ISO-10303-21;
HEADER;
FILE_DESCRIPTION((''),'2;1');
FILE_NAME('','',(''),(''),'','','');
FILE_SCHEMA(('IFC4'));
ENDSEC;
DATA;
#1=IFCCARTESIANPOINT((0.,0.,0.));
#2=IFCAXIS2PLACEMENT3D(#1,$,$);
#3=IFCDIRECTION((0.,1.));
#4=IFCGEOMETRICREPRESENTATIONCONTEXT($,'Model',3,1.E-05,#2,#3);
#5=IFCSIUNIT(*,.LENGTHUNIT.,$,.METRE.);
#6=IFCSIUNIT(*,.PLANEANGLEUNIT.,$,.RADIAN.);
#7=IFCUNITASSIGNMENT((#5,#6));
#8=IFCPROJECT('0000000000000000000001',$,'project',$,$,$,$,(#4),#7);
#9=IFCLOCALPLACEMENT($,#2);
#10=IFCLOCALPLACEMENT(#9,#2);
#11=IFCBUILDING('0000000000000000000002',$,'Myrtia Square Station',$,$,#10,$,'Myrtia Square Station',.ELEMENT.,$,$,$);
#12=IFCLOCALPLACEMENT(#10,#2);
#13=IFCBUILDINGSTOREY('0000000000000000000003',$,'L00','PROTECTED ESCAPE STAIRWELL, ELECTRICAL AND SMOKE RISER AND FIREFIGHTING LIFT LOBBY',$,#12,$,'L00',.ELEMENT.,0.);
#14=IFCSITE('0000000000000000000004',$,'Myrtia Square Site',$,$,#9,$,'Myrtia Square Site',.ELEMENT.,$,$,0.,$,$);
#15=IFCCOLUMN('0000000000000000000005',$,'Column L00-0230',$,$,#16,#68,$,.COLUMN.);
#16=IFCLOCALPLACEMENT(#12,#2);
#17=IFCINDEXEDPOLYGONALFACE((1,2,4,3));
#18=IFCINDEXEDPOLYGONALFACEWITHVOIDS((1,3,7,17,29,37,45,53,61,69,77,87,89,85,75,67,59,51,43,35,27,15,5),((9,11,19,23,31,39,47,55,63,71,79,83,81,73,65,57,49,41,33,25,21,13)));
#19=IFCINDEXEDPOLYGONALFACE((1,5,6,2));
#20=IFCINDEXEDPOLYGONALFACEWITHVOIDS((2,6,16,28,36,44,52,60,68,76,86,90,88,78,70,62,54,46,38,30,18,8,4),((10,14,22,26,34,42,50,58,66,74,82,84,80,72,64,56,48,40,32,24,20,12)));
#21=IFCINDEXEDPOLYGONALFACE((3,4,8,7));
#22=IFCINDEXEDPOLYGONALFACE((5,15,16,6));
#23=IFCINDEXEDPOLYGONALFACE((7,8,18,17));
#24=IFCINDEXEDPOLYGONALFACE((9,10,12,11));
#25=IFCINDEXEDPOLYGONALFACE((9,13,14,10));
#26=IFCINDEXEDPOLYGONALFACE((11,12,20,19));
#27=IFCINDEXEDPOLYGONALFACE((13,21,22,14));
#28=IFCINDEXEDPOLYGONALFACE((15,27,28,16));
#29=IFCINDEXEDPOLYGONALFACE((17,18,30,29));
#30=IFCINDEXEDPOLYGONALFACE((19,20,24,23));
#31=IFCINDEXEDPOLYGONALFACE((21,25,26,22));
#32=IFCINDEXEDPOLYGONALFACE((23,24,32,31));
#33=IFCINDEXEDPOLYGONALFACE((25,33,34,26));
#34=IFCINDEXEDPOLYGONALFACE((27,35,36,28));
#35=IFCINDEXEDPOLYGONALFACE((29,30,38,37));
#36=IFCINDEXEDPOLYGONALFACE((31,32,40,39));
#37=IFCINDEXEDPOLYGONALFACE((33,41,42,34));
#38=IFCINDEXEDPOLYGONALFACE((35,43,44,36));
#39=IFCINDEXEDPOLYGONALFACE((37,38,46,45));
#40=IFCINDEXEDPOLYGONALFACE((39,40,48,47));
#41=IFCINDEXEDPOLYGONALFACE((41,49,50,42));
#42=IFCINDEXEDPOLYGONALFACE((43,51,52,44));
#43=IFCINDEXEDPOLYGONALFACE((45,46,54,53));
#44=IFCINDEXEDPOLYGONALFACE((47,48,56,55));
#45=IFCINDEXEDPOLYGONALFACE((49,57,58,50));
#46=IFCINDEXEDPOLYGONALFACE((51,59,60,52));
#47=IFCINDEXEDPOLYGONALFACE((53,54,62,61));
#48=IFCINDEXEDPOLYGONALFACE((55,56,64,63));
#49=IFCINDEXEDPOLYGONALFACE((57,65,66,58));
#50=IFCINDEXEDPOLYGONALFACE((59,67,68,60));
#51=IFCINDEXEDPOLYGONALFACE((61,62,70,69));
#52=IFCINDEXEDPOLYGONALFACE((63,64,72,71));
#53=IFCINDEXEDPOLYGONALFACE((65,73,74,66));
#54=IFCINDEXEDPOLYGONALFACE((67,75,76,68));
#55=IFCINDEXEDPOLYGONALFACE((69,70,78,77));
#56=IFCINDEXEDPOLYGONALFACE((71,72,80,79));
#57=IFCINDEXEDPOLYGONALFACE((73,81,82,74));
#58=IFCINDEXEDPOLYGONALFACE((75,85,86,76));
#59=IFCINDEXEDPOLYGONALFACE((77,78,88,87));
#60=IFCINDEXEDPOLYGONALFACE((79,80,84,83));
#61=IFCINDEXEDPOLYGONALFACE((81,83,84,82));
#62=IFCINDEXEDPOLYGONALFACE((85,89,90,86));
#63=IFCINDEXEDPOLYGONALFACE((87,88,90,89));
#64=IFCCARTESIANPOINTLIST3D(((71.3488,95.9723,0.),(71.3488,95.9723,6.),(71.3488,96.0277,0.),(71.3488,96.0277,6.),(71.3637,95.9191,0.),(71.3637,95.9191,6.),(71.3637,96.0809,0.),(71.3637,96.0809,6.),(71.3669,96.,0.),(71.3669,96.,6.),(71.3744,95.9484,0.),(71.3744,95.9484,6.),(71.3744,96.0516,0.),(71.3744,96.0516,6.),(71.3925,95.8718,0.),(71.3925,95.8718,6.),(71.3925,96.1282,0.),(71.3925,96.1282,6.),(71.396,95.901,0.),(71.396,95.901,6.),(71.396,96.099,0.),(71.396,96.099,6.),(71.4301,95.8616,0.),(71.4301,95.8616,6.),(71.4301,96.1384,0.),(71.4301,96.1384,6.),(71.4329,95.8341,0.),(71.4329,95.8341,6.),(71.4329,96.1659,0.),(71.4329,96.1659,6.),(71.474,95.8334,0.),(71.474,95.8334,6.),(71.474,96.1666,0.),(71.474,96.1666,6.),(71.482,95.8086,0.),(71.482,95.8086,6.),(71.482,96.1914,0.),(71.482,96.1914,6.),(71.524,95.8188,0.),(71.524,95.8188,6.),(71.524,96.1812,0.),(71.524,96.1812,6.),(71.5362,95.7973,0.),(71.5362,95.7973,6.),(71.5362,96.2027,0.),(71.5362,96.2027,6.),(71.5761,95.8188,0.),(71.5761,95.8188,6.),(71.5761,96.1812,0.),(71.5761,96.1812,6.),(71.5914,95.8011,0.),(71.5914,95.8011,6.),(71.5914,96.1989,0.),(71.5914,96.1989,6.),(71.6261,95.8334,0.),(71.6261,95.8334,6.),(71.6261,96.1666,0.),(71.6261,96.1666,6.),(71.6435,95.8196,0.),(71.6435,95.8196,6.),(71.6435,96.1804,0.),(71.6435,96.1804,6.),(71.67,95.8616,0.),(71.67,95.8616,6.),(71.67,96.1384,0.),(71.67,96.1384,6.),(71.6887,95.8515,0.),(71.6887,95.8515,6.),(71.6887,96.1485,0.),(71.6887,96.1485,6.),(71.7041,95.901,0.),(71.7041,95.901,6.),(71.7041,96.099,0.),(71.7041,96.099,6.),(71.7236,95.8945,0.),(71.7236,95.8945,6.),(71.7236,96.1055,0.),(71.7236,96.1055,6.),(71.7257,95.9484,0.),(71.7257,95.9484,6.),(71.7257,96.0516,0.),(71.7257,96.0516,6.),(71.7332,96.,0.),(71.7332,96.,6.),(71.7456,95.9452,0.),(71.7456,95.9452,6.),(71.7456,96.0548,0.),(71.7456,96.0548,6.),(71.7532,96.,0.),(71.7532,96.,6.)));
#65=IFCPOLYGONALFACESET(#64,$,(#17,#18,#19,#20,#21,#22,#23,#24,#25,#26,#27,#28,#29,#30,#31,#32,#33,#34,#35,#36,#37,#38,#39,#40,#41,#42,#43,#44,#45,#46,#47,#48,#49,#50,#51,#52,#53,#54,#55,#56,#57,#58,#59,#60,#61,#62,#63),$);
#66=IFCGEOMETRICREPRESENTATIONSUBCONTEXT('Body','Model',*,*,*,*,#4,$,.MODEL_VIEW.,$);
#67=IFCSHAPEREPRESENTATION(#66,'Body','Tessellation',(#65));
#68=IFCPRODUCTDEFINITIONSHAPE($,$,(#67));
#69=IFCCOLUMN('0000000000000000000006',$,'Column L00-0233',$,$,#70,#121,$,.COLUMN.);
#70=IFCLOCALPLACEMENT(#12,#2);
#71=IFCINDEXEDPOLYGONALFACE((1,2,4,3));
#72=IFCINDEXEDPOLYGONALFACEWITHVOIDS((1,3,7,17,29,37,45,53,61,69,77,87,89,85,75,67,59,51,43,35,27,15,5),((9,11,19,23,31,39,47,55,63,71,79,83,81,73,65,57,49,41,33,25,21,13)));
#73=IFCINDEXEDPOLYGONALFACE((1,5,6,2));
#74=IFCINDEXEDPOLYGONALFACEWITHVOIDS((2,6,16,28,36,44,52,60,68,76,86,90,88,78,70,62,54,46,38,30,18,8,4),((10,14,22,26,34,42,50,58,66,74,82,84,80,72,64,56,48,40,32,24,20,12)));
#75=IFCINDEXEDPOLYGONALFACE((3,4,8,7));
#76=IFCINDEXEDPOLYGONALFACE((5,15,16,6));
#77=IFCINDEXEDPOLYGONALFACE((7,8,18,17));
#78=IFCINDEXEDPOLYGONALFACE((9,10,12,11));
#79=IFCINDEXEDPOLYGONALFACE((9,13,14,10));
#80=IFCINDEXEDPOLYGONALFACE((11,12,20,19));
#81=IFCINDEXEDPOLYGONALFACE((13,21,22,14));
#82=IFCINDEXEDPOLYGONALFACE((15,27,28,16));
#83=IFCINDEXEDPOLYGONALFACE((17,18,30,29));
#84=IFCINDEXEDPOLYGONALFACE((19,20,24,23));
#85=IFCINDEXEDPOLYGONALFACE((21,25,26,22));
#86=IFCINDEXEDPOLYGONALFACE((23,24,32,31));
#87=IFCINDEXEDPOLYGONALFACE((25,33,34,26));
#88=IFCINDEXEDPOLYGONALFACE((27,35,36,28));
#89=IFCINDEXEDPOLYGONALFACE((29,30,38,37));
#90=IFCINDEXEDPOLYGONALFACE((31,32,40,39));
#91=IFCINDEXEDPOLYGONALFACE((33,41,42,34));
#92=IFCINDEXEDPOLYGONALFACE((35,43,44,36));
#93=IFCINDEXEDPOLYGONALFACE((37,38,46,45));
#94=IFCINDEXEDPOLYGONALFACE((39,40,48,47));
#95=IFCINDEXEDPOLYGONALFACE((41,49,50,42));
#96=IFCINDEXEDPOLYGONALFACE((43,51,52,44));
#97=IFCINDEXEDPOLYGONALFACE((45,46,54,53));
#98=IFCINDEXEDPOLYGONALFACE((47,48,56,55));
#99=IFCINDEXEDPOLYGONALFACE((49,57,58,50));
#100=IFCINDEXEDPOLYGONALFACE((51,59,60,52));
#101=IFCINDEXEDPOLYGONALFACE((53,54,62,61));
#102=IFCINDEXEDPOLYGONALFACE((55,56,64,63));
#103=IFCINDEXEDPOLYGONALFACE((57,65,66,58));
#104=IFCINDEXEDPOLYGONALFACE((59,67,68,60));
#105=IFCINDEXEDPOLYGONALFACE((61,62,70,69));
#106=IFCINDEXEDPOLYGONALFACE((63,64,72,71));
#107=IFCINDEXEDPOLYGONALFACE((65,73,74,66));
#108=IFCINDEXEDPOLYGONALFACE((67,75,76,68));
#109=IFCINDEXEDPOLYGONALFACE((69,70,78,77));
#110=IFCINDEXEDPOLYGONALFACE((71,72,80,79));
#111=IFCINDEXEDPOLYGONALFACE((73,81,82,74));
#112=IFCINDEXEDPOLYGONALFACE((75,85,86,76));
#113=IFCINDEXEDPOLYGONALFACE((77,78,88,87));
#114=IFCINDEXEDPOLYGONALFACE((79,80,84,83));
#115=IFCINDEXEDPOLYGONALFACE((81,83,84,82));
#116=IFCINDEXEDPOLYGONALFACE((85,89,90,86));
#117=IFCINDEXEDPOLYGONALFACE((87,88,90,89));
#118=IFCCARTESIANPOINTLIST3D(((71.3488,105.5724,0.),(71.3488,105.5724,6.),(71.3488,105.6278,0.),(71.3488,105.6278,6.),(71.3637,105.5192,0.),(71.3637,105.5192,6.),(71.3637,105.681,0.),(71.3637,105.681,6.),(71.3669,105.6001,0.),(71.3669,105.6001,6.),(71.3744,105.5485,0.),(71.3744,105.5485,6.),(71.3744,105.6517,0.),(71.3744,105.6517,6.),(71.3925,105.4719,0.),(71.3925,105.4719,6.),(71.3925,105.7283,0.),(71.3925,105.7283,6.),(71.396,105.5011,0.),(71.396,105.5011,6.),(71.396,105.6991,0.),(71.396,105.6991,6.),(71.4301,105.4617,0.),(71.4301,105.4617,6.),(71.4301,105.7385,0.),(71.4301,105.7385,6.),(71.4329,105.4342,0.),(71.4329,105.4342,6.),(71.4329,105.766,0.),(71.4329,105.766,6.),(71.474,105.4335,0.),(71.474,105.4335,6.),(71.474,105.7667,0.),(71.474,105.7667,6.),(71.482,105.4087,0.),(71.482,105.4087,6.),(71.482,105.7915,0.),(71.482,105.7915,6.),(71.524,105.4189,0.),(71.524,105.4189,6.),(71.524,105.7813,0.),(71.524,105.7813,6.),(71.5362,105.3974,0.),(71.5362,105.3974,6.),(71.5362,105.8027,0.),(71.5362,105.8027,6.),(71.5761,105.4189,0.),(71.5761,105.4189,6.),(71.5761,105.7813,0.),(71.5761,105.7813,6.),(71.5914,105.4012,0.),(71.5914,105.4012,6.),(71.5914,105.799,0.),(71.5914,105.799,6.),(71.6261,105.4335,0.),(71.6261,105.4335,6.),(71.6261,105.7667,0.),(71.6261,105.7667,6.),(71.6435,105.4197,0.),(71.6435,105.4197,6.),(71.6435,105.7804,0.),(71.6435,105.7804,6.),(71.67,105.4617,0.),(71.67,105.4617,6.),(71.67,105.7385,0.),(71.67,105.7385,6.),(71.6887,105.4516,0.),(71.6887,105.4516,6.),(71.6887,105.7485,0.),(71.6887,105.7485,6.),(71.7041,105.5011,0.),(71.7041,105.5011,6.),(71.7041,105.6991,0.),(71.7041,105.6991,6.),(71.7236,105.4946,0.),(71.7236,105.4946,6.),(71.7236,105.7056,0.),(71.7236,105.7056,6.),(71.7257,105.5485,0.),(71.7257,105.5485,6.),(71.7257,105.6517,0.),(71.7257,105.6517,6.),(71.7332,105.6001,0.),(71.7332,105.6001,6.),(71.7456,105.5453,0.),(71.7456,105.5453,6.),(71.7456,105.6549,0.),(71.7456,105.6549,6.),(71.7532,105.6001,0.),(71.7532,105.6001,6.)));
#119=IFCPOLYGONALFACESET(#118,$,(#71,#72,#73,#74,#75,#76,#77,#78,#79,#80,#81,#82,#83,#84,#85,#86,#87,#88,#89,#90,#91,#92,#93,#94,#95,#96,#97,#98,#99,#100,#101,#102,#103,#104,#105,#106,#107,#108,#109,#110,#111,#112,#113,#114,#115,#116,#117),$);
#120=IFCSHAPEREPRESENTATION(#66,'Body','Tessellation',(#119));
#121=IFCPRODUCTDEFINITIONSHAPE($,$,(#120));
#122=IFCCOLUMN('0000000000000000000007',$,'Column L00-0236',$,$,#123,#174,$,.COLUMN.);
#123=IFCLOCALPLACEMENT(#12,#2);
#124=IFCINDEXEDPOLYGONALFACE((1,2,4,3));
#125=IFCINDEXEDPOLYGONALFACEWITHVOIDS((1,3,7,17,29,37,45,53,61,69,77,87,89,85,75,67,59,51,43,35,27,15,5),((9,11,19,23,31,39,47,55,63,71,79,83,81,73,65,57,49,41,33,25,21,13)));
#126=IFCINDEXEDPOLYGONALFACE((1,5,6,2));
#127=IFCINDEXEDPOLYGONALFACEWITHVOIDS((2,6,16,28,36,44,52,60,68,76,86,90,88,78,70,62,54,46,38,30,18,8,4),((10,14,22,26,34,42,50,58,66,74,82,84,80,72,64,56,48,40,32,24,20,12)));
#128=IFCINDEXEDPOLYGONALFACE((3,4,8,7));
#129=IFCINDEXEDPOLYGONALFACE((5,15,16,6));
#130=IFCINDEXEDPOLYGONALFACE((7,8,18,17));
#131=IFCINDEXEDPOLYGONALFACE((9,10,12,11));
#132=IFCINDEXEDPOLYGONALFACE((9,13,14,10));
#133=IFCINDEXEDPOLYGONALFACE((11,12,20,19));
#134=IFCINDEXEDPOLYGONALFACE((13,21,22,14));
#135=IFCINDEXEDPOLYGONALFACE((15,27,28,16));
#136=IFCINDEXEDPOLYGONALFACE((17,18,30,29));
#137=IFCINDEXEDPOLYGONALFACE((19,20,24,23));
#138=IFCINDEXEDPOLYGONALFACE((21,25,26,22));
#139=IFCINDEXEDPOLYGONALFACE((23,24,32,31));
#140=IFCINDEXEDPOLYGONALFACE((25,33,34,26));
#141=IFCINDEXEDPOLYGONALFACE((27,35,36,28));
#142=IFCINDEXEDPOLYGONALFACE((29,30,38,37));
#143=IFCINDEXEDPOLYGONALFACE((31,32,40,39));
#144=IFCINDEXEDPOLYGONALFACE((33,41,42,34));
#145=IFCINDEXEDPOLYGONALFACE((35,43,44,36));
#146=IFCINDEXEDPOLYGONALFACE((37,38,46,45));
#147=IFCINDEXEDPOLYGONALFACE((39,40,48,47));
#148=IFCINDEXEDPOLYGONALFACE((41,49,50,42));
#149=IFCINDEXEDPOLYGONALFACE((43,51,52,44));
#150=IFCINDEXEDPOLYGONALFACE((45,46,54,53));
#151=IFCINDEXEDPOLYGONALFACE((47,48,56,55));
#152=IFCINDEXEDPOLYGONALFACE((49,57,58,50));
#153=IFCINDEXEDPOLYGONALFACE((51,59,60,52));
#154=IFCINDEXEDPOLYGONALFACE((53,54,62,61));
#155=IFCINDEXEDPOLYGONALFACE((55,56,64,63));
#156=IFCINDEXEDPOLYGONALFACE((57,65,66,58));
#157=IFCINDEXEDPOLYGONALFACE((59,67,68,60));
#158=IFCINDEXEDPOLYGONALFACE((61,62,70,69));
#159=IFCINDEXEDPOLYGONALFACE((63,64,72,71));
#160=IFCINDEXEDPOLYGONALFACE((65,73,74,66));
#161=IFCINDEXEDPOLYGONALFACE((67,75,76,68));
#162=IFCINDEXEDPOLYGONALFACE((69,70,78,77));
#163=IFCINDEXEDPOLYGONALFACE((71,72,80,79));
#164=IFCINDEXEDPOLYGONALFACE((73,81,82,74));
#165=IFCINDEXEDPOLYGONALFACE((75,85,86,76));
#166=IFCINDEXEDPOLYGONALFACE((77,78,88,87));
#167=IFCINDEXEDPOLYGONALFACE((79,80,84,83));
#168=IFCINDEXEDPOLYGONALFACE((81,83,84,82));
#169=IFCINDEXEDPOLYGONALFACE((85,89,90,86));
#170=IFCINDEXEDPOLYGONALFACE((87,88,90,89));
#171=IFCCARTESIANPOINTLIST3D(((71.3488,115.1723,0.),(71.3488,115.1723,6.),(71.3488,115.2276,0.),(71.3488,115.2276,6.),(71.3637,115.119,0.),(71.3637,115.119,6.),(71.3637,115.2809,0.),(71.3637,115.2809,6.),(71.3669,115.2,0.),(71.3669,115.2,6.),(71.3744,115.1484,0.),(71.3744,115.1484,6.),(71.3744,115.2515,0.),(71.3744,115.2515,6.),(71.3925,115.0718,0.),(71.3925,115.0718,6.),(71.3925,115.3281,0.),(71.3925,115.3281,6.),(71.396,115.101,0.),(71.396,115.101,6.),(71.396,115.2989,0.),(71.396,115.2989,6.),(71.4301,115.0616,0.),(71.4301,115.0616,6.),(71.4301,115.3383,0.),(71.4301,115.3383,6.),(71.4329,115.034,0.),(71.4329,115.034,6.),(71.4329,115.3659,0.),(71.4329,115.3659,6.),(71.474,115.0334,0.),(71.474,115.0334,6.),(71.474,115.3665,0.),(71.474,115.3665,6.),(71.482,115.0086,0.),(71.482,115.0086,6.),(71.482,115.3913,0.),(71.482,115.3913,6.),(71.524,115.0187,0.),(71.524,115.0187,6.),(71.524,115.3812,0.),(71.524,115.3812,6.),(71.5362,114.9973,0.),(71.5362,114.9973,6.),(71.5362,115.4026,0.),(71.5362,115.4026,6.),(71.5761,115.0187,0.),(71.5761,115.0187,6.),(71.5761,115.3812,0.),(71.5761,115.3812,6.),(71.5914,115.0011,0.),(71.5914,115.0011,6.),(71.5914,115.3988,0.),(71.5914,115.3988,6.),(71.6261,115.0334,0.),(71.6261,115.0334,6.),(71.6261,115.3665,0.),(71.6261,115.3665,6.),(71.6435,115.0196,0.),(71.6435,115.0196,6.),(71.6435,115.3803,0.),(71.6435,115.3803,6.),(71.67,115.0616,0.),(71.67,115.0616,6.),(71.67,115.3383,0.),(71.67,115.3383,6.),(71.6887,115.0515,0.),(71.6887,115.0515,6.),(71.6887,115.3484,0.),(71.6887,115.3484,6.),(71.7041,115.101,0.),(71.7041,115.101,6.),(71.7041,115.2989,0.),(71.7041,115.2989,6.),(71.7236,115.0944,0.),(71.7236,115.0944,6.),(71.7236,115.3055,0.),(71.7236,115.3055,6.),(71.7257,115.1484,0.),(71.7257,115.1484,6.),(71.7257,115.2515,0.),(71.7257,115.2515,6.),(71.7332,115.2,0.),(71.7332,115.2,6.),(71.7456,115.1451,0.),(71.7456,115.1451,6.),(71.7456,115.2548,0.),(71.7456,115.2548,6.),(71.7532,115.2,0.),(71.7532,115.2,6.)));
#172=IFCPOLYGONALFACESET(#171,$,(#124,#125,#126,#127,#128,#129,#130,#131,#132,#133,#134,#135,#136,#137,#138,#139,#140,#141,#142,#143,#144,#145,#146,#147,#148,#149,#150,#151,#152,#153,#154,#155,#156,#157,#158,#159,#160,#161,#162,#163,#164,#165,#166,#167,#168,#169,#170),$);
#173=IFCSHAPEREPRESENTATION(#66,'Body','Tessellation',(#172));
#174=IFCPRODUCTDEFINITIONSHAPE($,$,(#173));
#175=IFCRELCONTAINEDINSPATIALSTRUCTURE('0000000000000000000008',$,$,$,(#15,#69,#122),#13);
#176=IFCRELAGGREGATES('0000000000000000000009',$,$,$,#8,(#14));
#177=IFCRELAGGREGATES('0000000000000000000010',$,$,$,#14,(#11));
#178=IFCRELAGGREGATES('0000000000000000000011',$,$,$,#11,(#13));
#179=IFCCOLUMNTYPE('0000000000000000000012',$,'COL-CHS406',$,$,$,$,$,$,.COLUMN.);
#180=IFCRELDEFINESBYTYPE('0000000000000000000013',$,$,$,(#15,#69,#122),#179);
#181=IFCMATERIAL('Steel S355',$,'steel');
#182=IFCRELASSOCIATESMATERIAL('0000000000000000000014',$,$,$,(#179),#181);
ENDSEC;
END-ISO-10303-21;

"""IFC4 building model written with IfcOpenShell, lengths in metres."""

from ifc_helpers import new_model, si_unit, direction, frame, origin, origin_2d, place, context, subcontext, project, spatial, hollow_circle, extrude, material, material_profile, profile_set, type_object, element, save


model = new_model("IFC4")

# Units and contexts
model_context = context("Model", 3, precision=1e-05, world=origin(), true_north=direction((0.0, 1.0)))
body_context = subcontext(model_context, "Body", "Model", "MODEL_VIEW")
ifc_project = project(units=[si_unit("LENGTHUNIT", "METRE"), si_unit("PLANEANGLEUNIT", "RADIAN")], contexts=[model_context])

# Site, building, storey
site_placement = place(None, origin())
site = spatial("IfcSite", under=ifc_project, at=site_placement, Name="Myrtia Square Site", LongName="Myrtia Square Site", CompositionType="ELEMENT", RefElevation=0.0)
building_placement = place(site_placement, origin())
building = spatial("IfcBuilding", under=site, at=building_placement, Name="Myrtia Square Station", LongName="Myrtia Square Station", CompositionType="ELEMENT")
storey_placement = place(building_placement, origin())
storey = spatial("IfcBuildingStorey", under=building, at=storey_placement, Name="L00", Description="PROTECTED ESCAPE STAIRWELL, ELECTRICAL AND SMOKE RISER AND FIREFIGHTING LIFT LOBBY", LongName="L00", CompositionType="ELEMENT", Elevation=0.0)

# Columns
ifc_material_1 = material(Name="Steel S355", Category="steel")
ifc_material_profile_1 = material_profile(ifc_material_1, hollow_circle(Radius=0.2031, WallThickness=0.02, at=origin_2d()), Name="CHS 406.4x20")
ifc_profile_set_1 = profile_set([ifc_material_profile_1], Name="Steel S355")
column_type_1 = type_object("IfcColumnType", Name="COL-CHS406", PredefinedType="COLUMN", material=ifc_profile_set_1)
for number, where, z_axis, x_axis, name in (
    (1, (71.55, 96.0, 0.0), (0.0, 0.0, 1.0), (1.0, 0.0, 0.0), "Column L00-0230"),
    (2, (71.55, 105.6001, 0.0), (0.0, 0.0, 1.0), (1.0, 0.0, 0.0), "Column L00-0233"),
    (3, (71.55, 115.2, 0.0), (0.0, 0.0, 1.0), (1.0, 0.0, 0.0), "Column L00-0236"),
):
    element("IfcColumn", number, at=place(storey_placement, frame(where, z_axis=z_axis, x_axis=x_axis)), inside=storey, type_object=column_type_1, Name=name, PredefinedType="COLUMN", context=body_context, shape_type="SweptSolid", body=[
        extrude(hollow_circle(Radius=0.2031, WallThickness=0.02, at=origin_2d()), origin(), (0.0, 0.0, 1.0), 6.0),
    ])

save(model, "model.ifc")
